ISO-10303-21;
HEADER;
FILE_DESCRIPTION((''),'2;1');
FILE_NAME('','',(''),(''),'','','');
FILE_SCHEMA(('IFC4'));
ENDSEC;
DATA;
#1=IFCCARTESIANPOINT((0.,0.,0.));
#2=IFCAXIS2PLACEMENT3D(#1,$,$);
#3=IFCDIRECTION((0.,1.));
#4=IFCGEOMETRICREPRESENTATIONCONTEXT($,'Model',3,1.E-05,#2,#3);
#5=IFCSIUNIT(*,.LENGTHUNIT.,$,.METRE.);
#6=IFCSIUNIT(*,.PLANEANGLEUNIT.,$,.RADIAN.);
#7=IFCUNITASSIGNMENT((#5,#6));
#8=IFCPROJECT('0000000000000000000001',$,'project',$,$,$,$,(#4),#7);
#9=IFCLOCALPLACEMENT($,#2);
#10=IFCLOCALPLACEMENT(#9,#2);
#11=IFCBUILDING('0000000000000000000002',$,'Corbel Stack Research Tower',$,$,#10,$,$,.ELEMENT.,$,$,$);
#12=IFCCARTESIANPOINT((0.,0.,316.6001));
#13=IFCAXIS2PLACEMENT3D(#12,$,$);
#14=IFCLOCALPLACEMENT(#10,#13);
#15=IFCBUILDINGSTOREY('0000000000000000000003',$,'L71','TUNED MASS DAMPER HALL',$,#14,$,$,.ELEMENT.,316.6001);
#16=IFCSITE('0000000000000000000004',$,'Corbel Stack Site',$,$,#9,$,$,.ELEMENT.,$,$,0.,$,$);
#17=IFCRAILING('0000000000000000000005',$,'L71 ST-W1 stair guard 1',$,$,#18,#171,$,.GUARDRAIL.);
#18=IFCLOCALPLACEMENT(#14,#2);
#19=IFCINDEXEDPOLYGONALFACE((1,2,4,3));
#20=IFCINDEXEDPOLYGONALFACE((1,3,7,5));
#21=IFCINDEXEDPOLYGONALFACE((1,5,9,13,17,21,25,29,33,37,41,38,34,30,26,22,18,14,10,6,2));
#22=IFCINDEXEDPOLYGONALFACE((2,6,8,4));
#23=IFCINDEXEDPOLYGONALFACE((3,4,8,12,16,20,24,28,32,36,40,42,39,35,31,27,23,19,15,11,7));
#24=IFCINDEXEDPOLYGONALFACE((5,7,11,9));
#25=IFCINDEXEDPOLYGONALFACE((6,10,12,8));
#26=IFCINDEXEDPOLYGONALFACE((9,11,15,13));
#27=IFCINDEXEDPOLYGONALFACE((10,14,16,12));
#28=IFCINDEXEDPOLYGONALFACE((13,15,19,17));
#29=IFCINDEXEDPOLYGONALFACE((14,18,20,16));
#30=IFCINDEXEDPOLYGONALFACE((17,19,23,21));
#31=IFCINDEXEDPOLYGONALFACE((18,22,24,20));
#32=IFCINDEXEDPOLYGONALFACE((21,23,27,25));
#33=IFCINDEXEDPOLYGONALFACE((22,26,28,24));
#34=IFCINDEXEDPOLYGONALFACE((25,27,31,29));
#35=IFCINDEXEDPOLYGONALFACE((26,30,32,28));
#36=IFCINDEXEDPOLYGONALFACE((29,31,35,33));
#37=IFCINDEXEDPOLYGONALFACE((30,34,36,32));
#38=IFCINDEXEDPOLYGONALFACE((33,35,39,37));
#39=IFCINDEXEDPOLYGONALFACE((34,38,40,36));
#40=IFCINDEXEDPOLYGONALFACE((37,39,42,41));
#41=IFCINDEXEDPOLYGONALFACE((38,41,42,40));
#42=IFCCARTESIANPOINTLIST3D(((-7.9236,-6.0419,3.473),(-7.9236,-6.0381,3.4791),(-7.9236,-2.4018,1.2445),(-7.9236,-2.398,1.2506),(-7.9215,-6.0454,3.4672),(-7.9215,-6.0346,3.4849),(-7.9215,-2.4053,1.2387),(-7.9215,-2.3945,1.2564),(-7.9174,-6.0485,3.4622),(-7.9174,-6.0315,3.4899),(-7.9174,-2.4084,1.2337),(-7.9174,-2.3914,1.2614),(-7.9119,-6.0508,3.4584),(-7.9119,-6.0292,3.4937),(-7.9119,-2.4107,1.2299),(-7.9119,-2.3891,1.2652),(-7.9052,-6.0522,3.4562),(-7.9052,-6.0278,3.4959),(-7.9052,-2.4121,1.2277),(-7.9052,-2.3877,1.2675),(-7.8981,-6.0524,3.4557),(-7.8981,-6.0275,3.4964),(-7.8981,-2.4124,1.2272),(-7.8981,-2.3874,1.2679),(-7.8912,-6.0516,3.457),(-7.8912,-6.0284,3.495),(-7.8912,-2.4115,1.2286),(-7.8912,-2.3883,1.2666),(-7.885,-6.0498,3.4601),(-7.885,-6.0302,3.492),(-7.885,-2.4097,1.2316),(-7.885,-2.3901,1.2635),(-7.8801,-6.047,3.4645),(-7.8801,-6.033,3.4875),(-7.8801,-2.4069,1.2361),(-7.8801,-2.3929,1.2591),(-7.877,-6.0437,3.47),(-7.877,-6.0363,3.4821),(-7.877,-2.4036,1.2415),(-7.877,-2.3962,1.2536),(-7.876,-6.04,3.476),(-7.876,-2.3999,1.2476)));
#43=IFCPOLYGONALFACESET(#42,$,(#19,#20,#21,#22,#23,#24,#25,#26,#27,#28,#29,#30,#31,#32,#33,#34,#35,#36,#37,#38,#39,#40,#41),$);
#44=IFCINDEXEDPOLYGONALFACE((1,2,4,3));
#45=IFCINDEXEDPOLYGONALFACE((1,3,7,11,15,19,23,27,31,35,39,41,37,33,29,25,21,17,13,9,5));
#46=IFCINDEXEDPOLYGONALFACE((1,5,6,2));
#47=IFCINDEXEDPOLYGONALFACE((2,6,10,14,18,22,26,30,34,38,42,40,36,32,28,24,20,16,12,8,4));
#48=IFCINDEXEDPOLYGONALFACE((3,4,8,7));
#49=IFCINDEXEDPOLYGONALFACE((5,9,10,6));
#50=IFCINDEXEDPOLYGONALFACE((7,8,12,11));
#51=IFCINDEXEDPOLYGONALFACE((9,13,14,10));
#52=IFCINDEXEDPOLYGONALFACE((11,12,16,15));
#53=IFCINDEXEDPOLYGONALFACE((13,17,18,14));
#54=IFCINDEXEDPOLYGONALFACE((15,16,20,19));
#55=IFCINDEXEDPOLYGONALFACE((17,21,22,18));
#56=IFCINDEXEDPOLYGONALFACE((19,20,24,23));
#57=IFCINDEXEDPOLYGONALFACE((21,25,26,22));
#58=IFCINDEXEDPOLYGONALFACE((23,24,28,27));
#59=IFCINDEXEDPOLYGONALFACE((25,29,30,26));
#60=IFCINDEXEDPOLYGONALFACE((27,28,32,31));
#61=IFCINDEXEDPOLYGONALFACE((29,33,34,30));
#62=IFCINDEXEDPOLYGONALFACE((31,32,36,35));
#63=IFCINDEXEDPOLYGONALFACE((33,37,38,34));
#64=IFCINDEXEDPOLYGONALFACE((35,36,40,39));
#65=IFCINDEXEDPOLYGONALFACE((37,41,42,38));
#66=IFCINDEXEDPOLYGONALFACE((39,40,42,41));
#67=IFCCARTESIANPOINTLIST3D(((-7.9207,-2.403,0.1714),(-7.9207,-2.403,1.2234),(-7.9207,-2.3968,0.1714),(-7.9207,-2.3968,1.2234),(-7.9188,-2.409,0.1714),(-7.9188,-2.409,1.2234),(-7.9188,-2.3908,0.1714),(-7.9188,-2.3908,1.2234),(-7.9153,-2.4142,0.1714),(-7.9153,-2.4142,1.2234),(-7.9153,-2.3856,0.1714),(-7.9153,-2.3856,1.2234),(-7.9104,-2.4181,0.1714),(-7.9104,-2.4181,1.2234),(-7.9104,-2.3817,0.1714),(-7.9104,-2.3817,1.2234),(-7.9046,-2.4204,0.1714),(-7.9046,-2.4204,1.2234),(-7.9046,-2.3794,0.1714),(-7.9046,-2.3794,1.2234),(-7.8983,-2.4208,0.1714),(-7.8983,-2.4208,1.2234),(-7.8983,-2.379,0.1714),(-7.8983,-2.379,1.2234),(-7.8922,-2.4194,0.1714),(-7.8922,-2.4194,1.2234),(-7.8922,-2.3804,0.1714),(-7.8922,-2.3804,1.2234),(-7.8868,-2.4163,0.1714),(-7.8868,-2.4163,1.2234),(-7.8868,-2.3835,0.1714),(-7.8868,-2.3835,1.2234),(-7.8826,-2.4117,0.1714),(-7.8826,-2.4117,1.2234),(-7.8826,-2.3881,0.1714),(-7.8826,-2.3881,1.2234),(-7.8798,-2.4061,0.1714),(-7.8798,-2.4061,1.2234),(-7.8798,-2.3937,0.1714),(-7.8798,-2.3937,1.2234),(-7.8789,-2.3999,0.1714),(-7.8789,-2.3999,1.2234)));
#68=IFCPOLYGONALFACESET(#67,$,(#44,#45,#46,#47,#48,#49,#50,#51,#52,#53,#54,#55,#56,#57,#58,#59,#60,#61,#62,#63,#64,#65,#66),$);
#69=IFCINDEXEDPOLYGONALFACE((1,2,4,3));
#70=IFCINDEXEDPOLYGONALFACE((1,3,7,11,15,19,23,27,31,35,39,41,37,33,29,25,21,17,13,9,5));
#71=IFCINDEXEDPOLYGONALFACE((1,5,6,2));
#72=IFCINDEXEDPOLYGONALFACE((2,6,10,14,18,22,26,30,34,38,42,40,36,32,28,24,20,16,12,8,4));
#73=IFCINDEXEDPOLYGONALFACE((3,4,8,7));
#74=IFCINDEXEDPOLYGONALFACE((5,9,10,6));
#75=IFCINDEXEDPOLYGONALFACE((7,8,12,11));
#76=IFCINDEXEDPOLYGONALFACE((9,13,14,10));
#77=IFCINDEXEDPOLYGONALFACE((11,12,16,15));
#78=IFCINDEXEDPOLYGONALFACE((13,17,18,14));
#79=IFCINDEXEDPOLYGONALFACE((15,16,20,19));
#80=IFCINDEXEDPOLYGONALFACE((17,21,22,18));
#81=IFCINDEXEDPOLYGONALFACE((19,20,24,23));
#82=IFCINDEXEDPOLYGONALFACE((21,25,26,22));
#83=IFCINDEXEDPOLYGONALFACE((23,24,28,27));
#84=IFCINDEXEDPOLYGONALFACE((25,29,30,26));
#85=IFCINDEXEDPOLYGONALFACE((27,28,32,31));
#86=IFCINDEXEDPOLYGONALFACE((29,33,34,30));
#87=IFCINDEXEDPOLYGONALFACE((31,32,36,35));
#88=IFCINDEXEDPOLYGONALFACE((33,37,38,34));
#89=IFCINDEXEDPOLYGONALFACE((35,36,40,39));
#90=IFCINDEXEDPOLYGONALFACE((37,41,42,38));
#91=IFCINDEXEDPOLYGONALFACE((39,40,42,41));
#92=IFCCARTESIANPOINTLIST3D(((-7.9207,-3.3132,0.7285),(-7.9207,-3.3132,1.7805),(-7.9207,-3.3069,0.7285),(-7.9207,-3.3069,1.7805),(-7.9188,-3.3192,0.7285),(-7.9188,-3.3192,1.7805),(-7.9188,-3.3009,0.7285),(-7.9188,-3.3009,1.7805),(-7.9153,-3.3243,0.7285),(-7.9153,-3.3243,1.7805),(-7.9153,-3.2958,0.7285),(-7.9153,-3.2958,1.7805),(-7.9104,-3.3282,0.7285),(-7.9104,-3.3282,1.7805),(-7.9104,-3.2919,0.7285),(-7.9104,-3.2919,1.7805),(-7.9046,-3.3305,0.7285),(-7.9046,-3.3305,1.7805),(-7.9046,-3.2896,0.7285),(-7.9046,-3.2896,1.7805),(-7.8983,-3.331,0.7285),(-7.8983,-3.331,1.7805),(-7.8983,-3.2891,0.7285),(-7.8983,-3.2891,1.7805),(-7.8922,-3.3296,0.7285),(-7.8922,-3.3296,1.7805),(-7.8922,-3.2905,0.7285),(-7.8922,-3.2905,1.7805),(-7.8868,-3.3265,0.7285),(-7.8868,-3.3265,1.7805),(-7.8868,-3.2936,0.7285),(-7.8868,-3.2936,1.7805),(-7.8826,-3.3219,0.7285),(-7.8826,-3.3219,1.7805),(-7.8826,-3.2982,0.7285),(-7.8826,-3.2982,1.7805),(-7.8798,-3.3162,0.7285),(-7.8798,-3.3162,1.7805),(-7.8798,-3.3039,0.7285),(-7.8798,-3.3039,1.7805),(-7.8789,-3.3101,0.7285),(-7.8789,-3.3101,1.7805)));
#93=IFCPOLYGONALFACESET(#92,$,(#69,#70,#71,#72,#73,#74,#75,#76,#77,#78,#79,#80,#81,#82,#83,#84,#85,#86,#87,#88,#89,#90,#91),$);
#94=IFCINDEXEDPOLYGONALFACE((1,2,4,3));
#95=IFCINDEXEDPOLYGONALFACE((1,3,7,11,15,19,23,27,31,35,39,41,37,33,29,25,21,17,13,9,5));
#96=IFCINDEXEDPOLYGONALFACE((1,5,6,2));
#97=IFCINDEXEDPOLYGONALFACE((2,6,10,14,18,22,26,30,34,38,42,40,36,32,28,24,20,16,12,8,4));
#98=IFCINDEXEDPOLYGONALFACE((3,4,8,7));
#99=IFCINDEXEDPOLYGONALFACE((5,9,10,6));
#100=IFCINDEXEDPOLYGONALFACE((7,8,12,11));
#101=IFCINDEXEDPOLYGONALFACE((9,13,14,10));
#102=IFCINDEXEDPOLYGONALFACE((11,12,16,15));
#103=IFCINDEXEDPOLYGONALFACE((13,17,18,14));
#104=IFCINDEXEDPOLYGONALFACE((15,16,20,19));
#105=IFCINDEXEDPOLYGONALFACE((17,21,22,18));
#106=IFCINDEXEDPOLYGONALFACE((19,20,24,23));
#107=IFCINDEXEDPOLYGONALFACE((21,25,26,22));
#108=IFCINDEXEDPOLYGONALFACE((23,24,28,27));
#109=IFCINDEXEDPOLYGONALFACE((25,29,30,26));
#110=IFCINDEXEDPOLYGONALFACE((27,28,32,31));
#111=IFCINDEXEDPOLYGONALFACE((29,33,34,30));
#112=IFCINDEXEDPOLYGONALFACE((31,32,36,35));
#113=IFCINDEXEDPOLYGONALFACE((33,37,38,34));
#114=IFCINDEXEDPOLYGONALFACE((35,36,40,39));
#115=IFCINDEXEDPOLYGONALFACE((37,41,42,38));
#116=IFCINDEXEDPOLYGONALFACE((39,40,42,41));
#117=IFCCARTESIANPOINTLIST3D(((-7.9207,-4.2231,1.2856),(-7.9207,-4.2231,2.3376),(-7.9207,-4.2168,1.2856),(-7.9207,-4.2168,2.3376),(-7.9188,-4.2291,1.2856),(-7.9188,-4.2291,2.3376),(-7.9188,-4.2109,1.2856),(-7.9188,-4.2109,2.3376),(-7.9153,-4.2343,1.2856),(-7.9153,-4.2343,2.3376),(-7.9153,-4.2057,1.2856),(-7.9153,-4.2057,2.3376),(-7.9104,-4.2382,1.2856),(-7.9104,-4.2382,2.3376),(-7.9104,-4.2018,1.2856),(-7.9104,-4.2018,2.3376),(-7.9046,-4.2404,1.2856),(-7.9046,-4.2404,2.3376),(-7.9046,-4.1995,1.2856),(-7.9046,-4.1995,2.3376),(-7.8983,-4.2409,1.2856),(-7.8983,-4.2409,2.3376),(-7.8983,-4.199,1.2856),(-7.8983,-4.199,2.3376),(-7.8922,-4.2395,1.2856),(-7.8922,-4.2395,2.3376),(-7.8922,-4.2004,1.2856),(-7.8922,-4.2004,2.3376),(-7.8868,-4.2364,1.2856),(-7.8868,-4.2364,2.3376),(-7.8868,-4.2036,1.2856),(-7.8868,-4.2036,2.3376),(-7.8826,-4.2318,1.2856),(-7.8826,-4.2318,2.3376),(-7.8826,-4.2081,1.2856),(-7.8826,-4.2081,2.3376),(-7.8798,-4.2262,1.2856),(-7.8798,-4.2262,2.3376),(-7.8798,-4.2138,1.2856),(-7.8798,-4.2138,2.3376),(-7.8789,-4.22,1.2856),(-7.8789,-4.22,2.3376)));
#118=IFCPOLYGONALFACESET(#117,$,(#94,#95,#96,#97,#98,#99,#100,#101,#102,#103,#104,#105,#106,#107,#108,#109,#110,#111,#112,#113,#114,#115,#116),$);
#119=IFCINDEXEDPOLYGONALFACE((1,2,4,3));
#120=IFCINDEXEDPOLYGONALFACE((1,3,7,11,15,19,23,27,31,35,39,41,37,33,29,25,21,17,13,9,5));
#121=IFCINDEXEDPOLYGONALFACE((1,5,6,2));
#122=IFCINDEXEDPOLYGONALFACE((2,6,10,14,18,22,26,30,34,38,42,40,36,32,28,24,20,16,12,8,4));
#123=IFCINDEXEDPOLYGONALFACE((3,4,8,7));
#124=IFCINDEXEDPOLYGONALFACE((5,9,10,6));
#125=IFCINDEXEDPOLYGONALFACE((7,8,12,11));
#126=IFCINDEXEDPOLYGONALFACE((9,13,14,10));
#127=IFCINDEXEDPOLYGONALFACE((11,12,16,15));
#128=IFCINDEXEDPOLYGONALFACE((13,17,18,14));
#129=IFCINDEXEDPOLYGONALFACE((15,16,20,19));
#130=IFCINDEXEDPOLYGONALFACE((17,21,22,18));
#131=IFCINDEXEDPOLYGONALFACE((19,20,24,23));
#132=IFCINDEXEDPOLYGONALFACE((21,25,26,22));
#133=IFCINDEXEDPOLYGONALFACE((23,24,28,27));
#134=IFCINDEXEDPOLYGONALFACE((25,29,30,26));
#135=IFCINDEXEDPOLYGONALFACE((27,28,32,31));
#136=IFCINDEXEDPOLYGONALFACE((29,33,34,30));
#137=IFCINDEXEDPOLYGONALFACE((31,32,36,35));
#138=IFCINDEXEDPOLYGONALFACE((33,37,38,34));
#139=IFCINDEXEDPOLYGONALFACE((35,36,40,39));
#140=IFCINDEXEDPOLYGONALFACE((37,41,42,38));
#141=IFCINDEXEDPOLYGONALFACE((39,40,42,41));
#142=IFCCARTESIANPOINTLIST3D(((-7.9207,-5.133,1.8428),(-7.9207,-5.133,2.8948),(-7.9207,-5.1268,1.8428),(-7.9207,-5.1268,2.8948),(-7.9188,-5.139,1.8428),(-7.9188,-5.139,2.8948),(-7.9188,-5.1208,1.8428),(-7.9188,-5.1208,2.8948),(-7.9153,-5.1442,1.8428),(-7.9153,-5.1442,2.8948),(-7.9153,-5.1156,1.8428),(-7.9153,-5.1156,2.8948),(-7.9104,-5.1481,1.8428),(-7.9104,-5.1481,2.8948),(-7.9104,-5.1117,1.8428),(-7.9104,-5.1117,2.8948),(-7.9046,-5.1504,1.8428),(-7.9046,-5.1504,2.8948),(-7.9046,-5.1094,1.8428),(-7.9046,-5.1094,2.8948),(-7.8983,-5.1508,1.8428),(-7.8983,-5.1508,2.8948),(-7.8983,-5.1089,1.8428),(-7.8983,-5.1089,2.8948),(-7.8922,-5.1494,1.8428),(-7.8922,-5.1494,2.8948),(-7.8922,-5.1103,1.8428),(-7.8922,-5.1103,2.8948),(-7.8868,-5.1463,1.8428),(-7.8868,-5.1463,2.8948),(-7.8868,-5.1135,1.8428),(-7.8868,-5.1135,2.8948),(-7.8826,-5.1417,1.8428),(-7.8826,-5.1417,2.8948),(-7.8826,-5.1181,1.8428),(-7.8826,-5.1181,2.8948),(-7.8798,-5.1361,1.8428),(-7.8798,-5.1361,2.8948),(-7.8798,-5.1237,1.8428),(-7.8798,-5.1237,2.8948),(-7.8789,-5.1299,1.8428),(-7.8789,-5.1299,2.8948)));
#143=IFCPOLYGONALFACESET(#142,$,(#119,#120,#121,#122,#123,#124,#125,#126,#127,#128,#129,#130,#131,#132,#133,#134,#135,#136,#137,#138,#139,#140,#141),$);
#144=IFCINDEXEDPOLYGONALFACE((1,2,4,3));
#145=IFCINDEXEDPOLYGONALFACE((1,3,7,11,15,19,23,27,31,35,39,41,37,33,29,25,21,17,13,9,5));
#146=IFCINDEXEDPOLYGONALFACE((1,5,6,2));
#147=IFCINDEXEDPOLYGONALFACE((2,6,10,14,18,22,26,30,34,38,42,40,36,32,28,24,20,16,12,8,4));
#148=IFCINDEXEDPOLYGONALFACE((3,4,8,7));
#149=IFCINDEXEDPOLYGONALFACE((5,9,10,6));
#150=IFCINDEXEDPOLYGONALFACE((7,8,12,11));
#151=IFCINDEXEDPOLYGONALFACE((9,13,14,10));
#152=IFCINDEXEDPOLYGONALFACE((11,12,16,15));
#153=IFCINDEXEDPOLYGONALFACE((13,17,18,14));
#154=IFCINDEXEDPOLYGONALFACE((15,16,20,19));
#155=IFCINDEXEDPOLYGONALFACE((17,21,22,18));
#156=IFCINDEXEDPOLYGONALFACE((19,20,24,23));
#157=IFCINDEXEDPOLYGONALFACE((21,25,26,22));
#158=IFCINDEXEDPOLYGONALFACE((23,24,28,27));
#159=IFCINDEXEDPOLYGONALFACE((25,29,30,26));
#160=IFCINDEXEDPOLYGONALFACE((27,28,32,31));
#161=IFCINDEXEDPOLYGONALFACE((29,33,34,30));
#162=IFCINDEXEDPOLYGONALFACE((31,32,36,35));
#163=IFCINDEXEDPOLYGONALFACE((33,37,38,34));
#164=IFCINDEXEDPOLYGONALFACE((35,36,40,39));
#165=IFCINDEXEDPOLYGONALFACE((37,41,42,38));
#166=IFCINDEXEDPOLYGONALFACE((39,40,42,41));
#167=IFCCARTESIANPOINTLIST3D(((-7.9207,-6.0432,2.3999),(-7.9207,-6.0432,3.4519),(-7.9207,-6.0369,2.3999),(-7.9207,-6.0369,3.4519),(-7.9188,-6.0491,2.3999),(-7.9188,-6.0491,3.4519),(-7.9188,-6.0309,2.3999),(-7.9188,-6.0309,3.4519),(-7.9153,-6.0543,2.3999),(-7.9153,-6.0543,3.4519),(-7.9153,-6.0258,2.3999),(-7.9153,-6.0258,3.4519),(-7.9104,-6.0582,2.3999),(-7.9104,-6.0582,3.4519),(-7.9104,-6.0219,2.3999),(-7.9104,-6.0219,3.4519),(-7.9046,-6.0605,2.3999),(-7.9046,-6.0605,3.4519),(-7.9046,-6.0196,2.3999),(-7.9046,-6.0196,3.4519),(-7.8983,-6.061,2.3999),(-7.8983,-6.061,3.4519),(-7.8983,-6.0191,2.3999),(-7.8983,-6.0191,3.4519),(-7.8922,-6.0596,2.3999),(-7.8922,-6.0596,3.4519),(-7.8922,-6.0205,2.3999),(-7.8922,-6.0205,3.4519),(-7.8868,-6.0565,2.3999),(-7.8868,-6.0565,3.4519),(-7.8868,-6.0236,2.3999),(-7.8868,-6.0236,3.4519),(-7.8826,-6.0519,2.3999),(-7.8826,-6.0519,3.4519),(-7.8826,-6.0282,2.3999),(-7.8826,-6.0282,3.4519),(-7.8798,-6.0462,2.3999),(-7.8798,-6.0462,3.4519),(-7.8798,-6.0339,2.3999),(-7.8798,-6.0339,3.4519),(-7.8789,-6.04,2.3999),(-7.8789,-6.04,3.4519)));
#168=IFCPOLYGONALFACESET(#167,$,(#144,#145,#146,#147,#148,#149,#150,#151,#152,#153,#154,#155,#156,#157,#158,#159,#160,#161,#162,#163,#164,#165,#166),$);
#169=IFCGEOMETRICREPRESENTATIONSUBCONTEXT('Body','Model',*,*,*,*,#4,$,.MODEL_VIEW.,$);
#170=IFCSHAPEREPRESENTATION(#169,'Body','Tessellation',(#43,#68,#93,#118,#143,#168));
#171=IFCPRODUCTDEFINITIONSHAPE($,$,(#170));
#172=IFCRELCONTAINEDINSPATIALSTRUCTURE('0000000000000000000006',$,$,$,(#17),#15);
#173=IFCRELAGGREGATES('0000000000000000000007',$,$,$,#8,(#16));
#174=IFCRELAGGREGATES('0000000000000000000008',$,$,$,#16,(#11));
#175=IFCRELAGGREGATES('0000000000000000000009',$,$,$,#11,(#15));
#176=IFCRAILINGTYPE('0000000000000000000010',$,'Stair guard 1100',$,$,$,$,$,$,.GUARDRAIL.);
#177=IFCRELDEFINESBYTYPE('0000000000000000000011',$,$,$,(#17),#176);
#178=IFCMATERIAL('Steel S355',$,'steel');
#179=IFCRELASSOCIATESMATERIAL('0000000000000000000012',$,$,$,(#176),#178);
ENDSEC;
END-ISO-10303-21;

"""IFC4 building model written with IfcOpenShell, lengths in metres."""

from ifc_helpers import new_model, si_unit, direction, frame, origin, origin_2d, place, context, subcontext, project, spatial, circle, extrude, material, type_object, element, save


model = new_model("IFC4")

# Units and contexts
model_context = context("Model", 3, precision=1e-05, world=origin(), true_north=direction((0.0, 1.0)))
body_context = subcontext(model_context, "Body", "Model", "MODEL_VIEW")
ifc_project = project(units=[si_unit("LENGTHUNIT", "METRE"), si_unit("PLANEANGLEUNIT", "RADIAN")], contexts=[model_context])

# Site, building, storey
site_placement = place(None, origin())
site = spatial("IfcSite", under=ifc_project, at=site_placement, Name="Corbel Stack Site", CompositionType="ELEMENT", RefElevation=0.0)
building_placement = place(site_placement, origin())
building = spatial("IfcBuilding", under=site, at=building_placement, Name="Corbel Stack Research Tower", CompositionType="ELEMENT")
storey_placement = place(building_placement, frame((0.0, 0.0, 316.6001)))
storey = spatial("IfcBuildingStorey", under=building, at=storey_placement, Name="L71", Description="TUNED MASS DAMPER HALL", CompositionType="ELEMENT", Elevation=316.6001)

# Railing
ifc_material_1 = material(Name="Steel S355", Category="steel")
railing_type = type_object("IfcRailingType", Name="Stair guard 1100", PredefinedType="GUARDRAIL", material=ifc_material_1)
railing_1_placement = place(storey_placement, frame((-7.8999, -2.3999, 0.1714)))
element("IfcRailing", 1, at=railing_1_placement, inside=storey, type_object=railing_type, Name="L71 ST-W1 stair guard 1", PredefinedType="GUARDRAIL", context=body_context, shape_type="SweptSolid", body=[
    extrude(circle(Radius=0.0239, at=origin_2d()), frame((0.0, 0.0, 1.0762), z_axis=(0.0, -0.852866, 0.52213), x_axis=(1.0, 0.0, 0.0)), (0.0, 0.0, 1.0), 4.2681),
    extrude(circle(Radius=0.021, at=origin_2d()), origin(), (0.0, 0.0, 1.0), 1.052),
    extrude(circle(Radius=0.021, at=origin_2d()), frame((0.0, -0.9102, 0.5571)), (0.0, 0.0, 1.0), 1.052),
    extrude(circle(Radius=0.021, at=origin_2d()), frame((0.0, -1.8201, 1.1143)), (0.0, 0.0, 1.0), 1.052),
    extrude(circle(Radius=0.021, at=origin_2d()), frame((0.0, -2.73, 1.6714)), (0.0, 0.0, 1.0), 1.052),
    extrude(circle(Radius=0.021, at=origin_2d()), frame((0.0, -3.6401, 2.2285)), (0.0, 0.0, 1.0), 1.052),
])

save(model, "model.ifc")
